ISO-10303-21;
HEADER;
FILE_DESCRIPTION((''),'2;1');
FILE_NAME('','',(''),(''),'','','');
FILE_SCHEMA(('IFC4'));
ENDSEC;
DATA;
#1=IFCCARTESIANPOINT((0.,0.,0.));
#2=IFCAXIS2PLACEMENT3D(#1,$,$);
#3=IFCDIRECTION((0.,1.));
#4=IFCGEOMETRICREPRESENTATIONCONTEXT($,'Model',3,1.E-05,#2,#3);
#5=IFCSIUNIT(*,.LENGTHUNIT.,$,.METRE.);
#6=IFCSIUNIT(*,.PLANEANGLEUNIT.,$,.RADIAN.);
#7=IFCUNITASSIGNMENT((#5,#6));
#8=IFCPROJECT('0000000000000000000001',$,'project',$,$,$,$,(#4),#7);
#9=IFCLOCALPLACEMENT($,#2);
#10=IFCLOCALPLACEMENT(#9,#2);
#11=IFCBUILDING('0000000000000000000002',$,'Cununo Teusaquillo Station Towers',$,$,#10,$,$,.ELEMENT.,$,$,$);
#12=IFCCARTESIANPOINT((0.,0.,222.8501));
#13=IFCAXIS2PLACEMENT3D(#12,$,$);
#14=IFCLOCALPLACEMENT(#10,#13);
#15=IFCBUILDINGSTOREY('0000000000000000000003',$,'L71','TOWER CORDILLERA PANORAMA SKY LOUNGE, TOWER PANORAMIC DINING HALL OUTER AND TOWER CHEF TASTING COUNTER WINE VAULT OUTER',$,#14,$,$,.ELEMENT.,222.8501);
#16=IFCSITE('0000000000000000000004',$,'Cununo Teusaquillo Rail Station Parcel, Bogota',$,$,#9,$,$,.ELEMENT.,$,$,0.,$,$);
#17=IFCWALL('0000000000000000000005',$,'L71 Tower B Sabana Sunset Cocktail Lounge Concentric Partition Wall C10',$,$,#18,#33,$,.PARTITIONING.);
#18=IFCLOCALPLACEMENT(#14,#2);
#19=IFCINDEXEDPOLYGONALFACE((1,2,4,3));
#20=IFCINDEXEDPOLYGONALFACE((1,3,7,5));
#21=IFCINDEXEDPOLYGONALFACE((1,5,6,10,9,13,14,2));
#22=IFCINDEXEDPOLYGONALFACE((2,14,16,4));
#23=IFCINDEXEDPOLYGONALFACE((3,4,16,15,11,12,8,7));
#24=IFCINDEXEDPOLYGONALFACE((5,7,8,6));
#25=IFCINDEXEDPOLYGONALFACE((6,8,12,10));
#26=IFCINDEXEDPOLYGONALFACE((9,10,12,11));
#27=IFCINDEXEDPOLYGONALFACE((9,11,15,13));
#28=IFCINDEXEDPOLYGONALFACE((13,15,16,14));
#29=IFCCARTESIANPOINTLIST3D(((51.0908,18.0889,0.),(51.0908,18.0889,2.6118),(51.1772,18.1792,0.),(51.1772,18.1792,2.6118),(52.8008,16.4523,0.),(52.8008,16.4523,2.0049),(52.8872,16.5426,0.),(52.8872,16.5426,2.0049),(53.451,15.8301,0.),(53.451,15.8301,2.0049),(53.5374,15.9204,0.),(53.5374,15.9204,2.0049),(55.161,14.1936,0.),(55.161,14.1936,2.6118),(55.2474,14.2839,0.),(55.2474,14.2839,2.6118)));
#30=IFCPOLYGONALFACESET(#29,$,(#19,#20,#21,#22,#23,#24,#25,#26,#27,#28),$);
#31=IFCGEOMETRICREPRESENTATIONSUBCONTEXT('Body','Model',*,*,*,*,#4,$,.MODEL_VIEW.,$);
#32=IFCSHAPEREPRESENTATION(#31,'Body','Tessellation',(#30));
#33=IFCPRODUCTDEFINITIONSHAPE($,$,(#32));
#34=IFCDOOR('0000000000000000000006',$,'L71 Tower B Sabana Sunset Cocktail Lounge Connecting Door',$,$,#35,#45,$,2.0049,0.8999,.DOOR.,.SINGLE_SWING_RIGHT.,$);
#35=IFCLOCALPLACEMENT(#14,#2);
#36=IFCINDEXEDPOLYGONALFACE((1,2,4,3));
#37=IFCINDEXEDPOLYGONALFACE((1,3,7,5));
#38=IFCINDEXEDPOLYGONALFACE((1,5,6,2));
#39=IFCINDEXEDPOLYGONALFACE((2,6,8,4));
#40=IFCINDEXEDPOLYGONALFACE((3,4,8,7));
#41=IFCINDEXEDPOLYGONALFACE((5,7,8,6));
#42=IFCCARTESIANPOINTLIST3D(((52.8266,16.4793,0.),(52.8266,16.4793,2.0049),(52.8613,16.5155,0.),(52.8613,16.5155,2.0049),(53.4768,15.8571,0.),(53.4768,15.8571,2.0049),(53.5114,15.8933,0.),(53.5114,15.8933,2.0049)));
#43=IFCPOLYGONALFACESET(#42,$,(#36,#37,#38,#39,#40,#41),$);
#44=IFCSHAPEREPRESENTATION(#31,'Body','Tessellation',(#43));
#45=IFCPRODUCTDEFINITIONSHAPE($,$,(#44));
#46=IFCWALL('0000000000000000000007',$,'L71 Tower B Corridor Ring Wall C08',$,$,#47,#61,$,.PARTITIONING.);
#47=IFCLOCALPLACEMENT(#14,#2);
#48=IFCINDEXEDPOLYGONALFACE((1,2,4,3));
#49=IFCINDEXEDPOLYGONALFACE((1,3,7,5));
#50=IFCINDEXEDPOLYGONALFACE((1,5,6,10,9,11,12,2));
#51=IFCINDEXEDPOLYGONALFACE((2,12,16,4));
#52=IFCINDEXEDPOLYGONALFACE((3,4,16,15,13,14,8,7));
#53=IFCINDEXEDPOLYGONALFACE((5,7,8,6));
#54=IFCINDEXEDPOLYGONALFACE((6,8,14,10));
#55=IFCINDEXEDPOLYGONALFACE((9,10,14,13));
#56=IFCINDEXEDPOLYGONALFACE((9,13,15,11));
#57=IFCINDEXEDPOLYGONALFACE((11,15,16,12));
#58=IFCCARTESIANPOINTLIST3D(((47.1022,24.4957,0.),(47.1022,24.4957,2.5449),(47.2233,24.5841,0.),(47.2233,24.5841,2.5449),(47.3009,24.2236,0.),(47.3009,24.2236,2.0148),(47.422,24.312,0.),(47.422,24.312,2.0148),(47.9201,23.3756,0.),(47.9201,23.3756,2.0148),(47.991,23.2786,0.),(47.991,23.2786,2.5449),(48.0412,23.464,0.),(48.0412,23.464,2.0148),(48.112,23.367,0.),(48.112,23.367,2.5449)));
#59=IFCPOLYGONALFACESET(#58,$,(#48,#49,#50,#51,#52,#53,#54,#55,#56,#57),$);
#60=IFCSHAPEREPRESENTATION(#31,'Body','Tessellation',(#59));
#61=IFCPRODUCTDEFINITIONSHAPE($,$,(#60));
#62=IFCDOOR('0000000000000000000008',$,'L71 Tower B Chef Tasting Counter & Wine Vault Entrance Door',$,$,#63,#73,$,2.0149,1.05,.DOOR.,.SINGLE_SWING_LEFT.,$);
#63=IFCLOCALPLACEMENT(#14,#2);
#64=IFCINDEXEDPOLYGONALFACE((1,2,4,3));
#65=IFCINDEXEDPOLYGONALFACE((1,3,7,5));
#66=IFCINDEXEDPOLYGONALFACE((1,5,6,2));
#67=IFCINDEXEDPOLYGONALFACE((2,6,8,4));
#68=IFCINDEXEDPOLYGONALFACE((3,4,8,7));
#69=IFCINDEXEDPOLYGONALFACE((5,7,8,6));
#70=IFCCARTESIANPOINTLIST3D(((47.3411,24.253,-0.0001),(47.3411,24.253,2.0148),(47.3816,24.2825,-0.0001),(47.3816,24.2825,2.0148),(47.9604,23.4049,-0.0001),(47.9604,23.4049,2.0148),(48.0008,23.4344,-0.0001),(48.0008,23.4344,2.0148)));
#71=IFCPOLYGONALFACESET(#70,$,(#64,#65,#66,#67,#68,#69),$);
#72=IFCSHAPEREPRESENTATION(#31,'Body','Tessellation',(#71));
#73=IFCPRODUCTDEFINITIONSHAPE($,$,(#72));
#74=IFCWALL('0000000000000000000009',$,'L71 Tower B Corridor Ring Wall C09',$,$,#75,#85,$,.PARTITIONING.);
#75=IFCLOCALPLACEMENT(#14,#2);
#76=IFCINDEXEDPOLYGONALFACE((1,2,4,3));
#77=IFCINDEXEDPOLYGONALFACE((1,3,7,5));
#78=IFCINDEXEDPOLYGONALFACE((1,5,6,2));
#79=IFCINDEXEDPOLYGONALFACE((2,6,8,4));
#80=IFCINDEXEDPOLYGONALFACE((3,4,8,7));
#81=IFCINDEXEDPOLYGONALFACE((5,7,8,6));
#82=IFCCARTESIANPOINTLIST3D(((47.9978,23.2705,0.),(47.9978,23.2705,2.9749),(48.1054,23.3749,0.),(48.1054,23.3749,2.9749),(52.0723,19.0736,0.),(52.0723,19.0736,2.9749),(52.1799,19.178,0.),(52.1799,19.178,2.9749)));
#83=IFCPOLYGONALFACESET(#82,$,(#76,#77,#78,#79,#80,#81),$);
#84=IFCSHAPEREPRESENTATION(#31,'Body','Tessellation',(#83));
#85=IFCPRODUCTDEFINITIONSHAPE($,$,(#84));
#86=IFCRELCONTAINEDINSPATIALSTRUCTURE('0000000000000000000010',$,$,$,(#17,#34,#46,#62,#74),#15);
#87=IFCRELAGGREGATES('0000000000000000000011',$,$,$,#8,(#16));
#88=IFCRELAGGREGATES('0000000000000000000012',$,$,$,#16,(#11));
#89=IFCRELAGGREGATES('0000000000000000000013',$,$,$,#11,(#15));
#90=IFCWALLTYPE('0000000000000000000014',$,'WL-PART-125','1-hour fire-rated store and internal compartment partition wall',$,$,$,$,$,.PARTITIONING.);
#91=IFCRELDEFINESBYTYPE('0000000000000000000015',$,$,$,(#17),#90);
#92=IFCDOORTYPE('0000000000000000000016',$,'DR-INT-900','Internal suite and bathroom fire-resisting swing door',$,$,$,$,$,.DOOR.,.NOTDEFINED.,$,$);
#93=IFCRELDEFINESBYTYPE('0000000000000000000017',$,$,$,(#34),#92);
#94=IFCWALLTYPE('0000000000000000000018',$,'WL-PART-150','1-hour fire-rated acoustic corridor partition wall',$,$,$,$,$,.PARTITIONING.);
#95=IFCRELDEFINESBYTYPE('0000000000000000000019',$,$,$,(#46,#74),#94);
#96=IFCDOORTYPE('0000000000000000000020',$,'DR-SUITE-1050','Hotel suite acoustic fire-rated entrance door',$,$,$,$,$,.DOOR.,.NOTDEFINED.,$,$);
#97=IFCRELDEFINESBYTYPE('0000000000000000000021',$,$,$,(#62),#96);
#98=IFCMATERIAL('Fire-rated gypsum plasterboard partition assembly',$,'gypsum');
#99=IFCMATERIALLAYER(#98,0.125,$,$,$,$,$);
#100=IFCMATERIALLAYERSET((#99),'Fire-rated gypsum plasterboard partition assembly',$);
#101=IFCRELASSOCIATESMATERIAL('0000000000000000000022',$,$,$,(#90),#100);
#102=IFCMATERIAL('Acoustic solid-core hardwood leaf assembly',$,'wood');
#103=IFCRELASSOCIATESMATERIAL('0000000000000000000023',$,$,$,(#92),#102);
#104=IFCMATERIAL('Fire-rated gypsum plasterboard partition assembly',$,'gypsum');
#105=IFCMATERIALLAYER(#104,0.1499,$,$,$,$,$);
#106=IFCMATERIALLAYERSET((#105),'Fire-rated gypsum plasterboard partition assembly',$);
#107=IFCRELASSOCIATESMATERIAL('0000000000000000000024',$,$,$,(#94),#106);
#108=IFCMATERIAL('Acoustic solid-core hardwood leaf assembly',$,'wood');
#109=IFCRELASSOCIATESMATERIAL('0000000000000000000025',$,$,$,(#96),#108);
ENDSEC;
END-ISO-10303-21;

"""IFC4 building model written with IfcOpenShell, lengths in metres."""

from ifc_helpers import new_model, si_unit, direction, frame, frame_2d, origin, place, context, subcontext, project, spatial, rectangle, extrude, source, transform, mapped, material, layer, layer_set, type_object, element, fill, save


model = new_model("IFC4")

# Units and contexts
model_context = context("Model", 3, precision=1e-05, world=origin(), true_north=direction((0.0, 1.0)))
body_context = subcontext(model_context, "Body", "Model", "MODEL_VIEW")
ifc_project = project(units=[si_unit("LENGTHUNIT", "METRE"), si_unit("PLANEANGLEUNIT", "RADIAN")], contexts=[model_context])

# Site, building, storey
site_placement = place(None, origin())
site = spatial("IfcSite", under=ifc_project, at=site_placement, Name="Cununo Teusaquillo Rail Station Parcel, Bogota", CompositionType="ELEMENT", RefElevation=0.0)
building_placement = place(site_placement, origin())
building = spatial("IfcBuilding", under=site, at=building_placement, Name="Cununo Teusaquillo Station Towers", CompositionType="ELEMENT")
storey_placement = place(building_placement, frame((0.0, 0.0, 222.8501)))
storey = spatial("IfcBuildingStorey", under=building, at=storey_placement, Name="L71", Description="TOWER CORDILLERA PANORAMA SKY LOUNGE, TOWER PANORAMIC DINING HALL OUTER AND TOWER CHEF TASTING COUNTER WINE VAULT OUTER", CompositionType="ELEMENT", Elevation=222.8501)

# Shared definitions
ifc_material_1 = material(Name="Fire-rated gypsum plasterboard partition assembly", Category="gypsum")
ifc_layer_1 = layer(ifc_material_1, 0.125)
ifc_layer_set_1 = layer_set([ifc_layer_1], Name="Fire-rated gypsum plasterboard partition assembly")
wall_type_1 = type_object("IfcWallType", Name="WL-PART-125", Description="1-hour fire-rated store and internal compartment partition wall", PredefinedType="PARTITIONING", material=ifc_layer_set_1)

# Walls, openings, doors
shared_shape_1 = source(origin(), body_context, "Body", "SweptSolid", [
    extrude(rectangle(XDim=0.8999, YDim=2.0049, at=frame_2d((0.45, 1.0024))), frame((0.0, 0.0725, 0.0), z_axis=(0.0, -1.0, 0.0), x_axis=(1.0, 0.0, 0.0)), (0.0, 0.0, 1.0), 0.145),
])
ifc_material_2 = material(Name="Acoustic solid-core hardwood leaf assembly", Category="wood")
door_type_1 = type_object("IfcDoorType", Name="DR-INT-900", Description="Internal suite and bathroom fire-resisting swing door", OperationType="NOTDEFINED", PredefinedType="DOOR", material=ifc_material_2)
shared_shape_2 = source(origin(), body_context, "Body", "SweptSolid", [
    extrude(rectangle(XDim=0.8999, YDim=2.0049, at=frame_2d((0.45, 1.0024))), frame((0.0, 0.0249, 0.0), z_axis=(0.0, -1.0, 0.0), x_axis=(1.0, 0.0, 0.0)), (0.0, 0.0, 1.0), 0.05),
])
wall_1_placement = place(storey_placement, frame((51.134, 18.134, 0.0), z_axis=(0.0, 0.0, 1.0), x_axis=(0.722451, -0.691422, 0.0)))
wall_1 = element("IfcWall", 1, at=wall_1_placement, inside=storey, type_object=wall_type_1, Name="L71 Tower B Sabana Sunset Cocktail Lounge Concentric Partition Wall C10", PredefinedType="PARTITIONING", context=body_context, shape_type="SweptSolid", body=[
    extrude(rectangle(XDim=5.6338, YDim=0.125, at=frame_2d((2.8169, 0.0))), origin(), (0.0, 0.0, 1.0), 2.6118),
])
opening_1_placement = place(wall_1_placement, frame((2.3669, 0.0, 0.0)))
opening_1 = element("IfcOpeningElement", 2, at=opening_1_placement, cuts=wall_1, PredefinedType="OPENING", context=body_context, shape_type="MappedRepresentation", body=[
    mapped(shared_shape_1, transform((0.0, 0.0, 0.0), x_axis=(1.0, 0.0, 0.0), y_axis=(0.0, 1.0, 0.0), z_axis=(0.0, 0.0, 1.0), scale=1.0)),
])
door_1_placement = place(opening_1_placement, origin())
door_1 = element("IfcDoor", 3, at=door_1_placement, inside=storey, type_object=door_type_1, Name="L71 Tower B Sabana Sunset Cocktail Lounge Connecting Door", OperationType="SINGLE_SWING_RIGHT", OverallHeight=2.0049, OverallWidth=0.8999, PredefinedType="DOOR", context=body_context, shape_type="MappedRepresentation", body=[
    mapped(shared_shape_2, transform((0.0, 0.0, 0.0), x_axis=(1.0, 0.0, 0.0), y_axis=(0.0, 1.0, 0.0), z_axis=(0.0, 0.0, 1.0), scale=1.0)),
])
fill(opening_1, door_1)
ifc_material_3 = material(Name="Fire-rated gypsum plasterboard partition assembly", Category="gypsum")
ifc_layer_2 = layer(ifc_material_3, 0.1499)
ifc_layer_set_2 = layer_set([ifc_layer_2], Name="Fire-rated gypsum plasterboard partition assembly")
wall_type_2 = type_object("IfcWallType", Name="WL-PART-150", Description="1-hour fire-rated acoustic corridor partition wall", PredefinedType="PARTITIONING", material=ifc_layer_set_2)
wall_2_placement = place(storey_placement, frame((47.1628, 24.5398, 0.0), z_axis=(0.0, 0.0, 1.0), x_axis=(0.589712, -0.807614, 0.0)))
wall_2 = element("IfcWall", 4, at=wall_2_placement, inside=storey, type_object=wall_type_2, Name="L71 Tower B Corridor Ring Wall C08", PredefinedType="PARTITIONING", context=body_context, shape_type="SweptSolid", body=[
    extrude(rectangle(XDim=1.5071, YDim=0.1499, at=frame_2d((0.7534, 0.0))), origin(), (0.0, 0.0, 1.0), 2.5449),
])
shared_shape_3 = source(origin(), body_context, "Body", "SweptSolid", [
    extrude(rectangle(XDim=1.05, YDim=2.0149, at=frame_2d((0.5249, 1.0073))), frame((0.0, 0.085, 0.0), z_axis=(0.0, -1.0, 0.0), x_axis=(1.0, 0.0, 0.0)), (0.0, 0.0, 1.0), 0.1699),
])
opening_2_placement = place(wall_2_placement, frame((0.3369, 0.0, 0.0)))
opening_2 = element("IfcOpeningElement", 5, at=opening_2_placement, cuts=wall_2, PredefinedType="OPENING", context=body_context, shape_type="MappedRepresentation", body=[
    mapped(shared_shape_3, transform((0.0, 0.0, 0.0), x_axis=(1.0, 0.0, 0.0), y_axis=(0.0, 1.0, 0.0), z_axis=(0.0, 0.0, 1.0), scale=1.0)),
])
ifc_material_4 = material(Name="Acoustic solid-core hardwood leaf assembly", Category="wood")
door_type_2 = type_object("IfcDoorType", Name="DR-SUITE-1050", Description="Hotel suite acoustic fire-rated entrance door", OperationType="NOTDEFINED", PredefinedType="DOOR", material=ifc_material_4)
shared_shape_4 = source(origin(), body_context, "Body", "SweptSolid", [
    extrude(rectangle(XDim=1.05, YDim=2.0149, at=frame_2d((0.5249, 1.0073))), frame((0.0, 0.0249, 0.0), z_axis=(0.0, -1.0, 0.0), x_axis=(1.0, 0.0, 0.0)), (0.0, 0.0, 1.0), 0.05),
])
door_2_placement = place(opening_2_placement, origin())
door_2 = element("IfcDoor", 6, at=door_2_placement, inside=storey, type_object=door_type_2, Name="L71 Tower B Chef Tasting Counter & Wine Vault Entrance Door", OperationType="SINGLE_SWING_LEFT", OverallHeight=2.0149, OverallWidth=1.05, PredefinedType="DOOR", context=body_context, shape_type="MappedRepresentation", body=[
    mapped(shared_shape_4, transform((0.0, 0.0, 0.0), x_axis=(1.0, 0.0, 0.0), y_axis=(0.0, 1.0, 0.0), z_axis=(0.0, 0.0, 1.0), scale=1.0)),
])
fill(opening_2, door_2)

# Wall
wall_3_placement = place(storey_placement, frame((48.0515, 23.3228, 0.0), z_axis=(0.0, 0.0, 1.0), x_axis=(0.696574, -0.717485, 0.0)))
element("IfcWall", 7, at=wall_3_placement, inside=storey, type_object=wall_type_2, Name="L71 Tower B Corridor Ring Wall C09", PredefinedType="PARTITIONING", context=body_context, shape_type="SweptSolid", body=[
    extrude(rectangle(XDim=5.8494, YDim=0.1499, at=frame_2d((2.9248, 0.0))), origin(), (0.0, 0.0, 1.0), 2.9749),
])

save(model, "model.ifc")
